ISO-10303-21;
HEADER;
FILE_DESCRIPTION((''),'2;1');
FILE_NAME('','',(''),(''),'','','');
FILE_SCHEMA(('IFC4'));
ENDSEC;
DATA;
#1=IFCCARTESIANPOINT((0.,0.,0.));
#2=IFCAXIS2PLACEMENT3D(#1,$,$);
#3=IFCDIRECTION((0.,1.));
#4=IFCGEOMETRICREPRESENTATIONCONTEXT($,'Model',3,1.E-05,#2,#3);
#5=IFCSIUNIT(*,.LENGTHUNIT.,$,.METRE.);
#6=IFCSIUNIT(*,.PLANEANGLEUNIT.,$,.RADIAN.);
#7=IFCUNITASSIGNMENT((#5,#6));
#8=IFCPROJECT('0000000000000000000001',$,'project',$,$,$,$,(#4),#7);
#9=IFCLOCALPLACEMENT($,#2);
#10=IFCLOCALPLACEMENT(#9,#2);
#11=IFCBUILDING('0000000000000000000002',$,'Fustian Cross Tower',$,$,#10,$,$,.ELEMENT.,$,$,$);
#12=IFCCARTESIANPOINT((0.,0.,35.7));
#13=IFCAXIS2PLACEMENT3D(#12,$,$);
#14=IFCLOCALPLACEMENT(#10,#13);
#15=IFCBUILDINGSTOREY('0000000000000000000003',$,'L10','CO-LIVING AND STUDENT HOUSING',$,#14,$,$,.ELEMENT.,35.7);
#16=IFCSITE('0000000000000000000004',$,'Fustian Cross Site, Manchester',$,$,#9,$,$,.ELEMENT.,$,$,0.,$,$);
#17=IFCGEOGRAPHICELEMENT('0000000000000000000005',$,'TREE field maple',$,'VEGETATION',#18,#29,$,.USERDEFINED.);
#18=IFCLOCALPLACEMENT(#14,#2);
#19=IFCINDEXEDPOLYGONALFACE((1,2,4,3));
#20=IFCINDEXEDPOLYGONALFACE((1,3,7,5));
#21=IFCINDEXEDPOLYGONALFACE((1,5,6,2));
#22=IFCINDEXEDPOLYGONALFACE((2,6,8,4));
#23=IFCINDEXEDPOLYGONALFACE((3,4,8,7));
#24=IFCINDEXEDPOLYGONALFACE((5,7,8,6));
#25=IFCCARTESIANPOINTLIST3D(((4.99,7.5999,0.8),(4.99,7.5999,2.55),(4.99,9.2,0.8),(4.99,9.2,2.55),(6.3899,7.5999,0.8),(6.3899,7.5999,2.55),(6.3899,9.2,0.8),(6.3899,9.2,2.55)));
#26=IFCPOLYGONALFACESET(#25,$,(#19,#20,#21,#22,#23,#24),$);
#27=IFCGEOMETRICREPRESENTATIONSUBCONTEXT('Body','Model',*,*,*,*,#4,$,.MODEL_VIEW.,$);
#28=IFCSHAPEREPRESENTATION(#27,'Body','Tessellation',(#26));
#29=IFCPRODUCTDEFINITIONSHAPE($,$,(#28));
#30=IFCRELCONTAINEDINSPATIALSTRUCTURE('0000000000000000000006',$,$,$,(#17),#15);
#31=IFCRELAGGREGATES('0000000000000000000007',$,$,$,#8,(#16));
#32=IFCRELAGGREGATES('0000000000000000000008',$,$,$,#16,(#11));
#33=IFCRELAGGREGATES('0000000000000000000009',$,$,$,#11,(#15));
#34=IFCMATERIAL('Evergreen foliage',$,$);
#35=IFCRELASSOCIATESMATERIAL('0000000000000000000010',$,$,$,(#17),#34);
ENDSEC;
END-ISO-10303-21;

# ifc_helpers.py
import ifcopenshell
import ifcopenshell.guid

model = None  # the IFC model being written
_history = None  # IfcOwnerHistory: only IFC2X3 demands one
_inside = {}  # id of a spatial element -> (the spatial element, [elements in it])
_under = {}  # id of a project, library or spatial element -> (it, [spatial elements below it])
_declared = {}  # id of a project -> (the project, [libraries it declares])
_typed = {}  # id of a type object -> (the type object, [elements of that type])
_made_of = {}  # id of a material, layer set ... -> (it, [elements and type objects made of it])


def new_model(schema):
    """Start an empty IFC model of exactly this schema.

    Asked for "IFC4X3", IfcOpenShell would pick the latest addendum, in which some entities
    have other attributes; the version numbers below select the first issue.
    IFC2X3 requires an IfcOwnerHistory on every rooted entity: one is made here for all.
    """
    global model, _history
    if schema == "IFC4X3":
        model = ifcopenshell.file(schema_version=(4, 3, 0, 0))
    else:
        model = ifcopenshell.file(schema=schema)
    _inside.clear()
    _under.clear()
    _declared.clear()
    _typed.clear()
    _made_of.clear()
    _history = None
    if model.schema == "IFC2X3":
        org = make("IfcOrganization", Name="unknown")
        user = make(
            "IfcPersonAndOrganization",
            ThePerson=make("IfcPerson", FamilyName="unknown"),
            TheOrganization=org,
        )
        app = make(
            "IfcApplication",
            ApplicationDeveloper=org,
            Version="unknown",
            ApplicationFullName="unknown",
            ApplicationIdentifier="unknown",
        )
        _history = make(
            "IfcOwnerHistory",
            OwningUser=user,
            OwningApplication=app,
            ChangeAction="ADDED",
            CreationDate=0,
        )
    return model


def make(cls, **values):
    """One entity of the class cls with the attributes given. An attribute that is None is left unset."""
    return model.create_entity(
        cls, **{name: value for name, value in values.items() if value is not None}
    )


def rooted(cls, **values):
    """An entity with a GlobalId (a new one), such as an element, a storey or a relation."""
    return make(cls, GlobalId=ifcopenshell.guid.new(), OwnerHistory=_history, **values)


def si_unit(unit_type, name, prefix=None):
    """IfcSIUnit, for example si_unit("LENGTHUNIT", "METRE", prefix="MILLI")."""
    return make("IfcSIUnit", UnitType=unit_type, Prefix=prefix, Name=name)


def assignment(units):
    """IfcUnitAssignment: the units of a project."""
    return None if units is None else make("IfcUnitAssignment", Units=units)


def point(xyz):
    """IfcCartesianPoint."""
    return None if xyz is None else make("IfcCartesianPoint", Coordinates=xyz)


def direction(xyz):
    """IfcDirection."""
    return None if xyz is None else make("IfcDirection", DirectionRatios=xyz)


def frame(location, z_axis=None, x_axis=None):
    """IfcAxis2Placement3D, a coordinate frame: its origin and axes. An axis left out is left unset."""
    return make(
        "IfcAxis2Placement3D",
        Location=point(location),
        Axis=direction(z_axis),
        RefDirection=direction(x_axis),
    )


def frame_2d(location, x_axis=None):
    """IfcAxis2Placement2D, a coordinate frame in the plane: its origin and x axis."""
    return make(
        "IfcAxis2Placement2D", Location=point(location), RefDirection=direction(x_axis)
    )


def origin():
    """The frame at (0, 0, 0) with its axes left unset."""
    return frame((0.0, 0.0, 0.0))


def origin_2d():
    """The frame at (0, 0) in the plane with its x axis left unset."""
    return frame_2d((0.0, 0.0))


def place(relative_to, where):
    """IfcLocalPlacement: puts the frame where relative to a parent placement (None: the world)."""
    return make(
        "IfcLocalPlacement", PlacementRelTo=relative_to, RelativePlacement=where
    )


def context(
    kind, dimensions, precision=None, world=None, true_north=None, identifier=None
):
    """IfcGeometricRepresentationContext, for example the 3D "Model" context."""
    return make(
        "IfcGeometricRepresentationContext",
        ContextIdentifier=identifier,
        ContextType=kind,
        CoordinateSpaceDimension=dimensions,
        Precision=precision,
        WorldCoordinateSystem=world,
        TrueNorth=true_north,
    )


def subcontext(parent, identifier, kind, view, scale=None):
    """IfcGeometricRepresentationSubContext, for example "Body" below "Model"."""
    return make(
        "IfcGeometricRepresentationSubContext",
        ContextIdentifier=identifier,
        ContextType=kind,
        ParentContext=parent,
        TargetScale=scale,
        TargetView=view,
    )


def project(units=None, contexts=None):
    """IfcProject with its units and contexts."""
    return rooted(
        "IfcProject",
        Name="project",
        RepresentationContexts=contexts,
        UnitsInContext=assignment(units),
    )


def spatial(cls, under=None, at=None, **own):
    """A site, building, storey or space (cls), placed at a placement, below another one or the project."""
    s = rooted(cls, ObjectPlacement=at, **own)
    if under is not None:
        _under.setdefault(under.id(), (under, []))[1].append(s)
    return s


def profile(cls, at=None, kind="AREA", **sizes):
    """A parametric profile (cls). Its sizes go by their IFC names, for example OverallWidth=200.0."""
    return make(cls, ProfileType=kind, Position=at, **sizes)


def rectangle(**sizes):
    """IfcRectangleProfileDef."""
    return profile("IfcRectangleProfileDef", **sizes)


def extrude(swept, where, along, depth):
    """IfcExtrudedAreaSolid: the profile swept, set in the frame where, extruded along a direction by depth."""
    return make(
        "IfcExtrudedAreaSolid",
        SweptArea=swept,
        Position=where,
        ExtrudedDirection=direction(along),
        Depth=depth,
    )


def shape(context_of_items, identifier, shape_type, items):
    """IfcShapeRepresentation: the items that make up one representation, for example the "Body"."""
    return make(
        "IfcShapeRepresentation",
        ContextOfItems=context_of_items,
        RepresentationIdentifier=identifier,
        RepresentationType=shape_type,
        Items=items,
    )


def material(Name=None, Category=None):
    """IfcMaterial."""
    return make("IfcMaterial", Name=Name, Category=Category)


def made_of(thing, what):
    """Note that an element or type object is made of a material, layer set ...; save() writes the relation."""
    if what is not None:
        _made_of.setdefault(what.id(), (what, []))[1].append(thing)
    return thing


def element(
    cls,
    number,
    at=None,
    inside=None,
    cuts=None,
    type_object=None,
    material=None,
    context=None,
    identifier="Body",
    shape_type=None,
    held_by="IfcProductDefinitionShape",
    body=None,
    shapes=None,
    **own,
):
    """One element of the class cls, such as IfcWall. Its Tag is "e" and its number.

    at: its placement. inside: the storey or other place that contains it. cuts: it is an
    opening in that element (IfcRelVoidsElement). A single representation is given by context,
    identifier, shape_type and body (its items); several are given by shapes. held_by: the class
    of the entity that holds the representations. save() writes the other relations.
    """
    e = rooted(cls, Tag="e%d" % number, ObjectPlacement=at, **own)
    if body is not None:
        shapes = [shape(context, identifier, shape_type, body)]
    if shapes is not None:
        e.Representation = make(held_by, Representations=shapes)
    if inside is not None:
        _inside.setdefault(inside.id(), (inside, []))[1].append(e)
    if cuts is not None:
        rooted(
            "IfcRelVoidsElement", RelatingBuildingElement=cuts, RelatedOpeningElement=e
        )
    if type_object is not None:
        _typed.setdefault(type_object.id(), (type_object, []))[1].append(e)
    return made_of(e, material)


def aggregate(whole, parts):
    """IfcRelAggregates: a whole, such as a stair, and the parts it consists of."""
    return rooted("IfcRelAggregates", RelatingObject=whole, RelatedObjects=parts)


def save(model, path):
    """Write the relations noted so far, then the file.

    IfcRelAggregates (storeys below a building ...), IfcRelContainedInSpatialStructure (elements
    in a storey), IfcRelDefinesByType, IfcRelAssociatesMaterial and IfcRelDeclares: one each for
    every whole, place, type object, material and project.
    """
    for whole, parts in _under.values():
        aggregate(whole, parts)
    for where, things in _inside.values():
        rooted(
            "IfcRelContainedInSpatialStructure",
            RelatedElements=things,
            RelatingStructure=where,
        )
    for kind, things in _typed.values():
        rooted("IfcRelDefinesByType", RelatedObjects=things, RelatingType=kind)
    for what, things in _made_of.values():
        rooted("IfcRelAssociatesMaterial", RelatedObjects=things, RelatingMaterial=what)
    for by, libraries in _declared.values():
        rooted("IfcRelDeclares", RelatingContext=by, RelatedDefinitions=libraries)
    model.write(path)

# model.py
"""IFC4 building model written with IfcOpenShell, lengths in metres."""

from ifc_helpers import new_model, si_unit, direction, frame, origin, origin_2d, place, context, subcontext, project, spatial, rectangle, extrude, material, element, save


model = new_model("IFC4")

# Units and contexts
model_context = context("Model", 3, precision=1e-05, world=origin(), true_north=direction((0.0, 1.0)))
body_context = subcontext(model_context, "Body", "Model", "MODEL_VIEW")
ifc_project = project(units=[si_unit("LENGTHUNIT", "METRE"), si_unit("PLANEANGLEUNIT", "RADIAN")], contexts=[model_context])

# Site, building, storey
site_placement = place(None, origin())
site = spatial("IfcSite", under=ifc_project, at=site_placement, Name="Fustian Cross Site, Manchester", CompositionType="ELEMENT", RefElevation=0.0)
building_placement = place(site_placement, origin())
building = spatial("IfcBuilding", under=site, at=building_placement, Name="Fustian Cross Tower", CompositionType="ELEMENT")
storey_placement = place(building_placement, frame((0.0, 0.0, 35.7)))
storey = spatial("IfcBuildingStorey", under=building, at=storey_placement, Name="L10", Description="CO-LIVING AND STUDENT HOUSING", CompositionType="ELEMENT", Elevation=35.7)

# Geographic element
ifc_material_1 = material(Name="Evergreen foliage")
geographic_element_placement = place(storey_placement, frame((5.6899, 8.3999, 0.8), z_axis=(0.0, 0.0, 1.0), x_axis=(1.0, 0.0, 0.0)))
element("IfcGeographicElement", 1, at=geographic_element_placement, inside=storey, material=ifc_material_1, Name="TREE field maple", ObjectType="VEGETATION", PredefinedType="USERDEFINED", context=body_context, shape_type="SweptSolid", body=[
    extrude(rectangle(XDim=1.3999, YDim=1.6001, at=origin_2d()), origin(), (0.0, 0.0, 1.0), 1.75),
])

save(model, "model.ifc")
